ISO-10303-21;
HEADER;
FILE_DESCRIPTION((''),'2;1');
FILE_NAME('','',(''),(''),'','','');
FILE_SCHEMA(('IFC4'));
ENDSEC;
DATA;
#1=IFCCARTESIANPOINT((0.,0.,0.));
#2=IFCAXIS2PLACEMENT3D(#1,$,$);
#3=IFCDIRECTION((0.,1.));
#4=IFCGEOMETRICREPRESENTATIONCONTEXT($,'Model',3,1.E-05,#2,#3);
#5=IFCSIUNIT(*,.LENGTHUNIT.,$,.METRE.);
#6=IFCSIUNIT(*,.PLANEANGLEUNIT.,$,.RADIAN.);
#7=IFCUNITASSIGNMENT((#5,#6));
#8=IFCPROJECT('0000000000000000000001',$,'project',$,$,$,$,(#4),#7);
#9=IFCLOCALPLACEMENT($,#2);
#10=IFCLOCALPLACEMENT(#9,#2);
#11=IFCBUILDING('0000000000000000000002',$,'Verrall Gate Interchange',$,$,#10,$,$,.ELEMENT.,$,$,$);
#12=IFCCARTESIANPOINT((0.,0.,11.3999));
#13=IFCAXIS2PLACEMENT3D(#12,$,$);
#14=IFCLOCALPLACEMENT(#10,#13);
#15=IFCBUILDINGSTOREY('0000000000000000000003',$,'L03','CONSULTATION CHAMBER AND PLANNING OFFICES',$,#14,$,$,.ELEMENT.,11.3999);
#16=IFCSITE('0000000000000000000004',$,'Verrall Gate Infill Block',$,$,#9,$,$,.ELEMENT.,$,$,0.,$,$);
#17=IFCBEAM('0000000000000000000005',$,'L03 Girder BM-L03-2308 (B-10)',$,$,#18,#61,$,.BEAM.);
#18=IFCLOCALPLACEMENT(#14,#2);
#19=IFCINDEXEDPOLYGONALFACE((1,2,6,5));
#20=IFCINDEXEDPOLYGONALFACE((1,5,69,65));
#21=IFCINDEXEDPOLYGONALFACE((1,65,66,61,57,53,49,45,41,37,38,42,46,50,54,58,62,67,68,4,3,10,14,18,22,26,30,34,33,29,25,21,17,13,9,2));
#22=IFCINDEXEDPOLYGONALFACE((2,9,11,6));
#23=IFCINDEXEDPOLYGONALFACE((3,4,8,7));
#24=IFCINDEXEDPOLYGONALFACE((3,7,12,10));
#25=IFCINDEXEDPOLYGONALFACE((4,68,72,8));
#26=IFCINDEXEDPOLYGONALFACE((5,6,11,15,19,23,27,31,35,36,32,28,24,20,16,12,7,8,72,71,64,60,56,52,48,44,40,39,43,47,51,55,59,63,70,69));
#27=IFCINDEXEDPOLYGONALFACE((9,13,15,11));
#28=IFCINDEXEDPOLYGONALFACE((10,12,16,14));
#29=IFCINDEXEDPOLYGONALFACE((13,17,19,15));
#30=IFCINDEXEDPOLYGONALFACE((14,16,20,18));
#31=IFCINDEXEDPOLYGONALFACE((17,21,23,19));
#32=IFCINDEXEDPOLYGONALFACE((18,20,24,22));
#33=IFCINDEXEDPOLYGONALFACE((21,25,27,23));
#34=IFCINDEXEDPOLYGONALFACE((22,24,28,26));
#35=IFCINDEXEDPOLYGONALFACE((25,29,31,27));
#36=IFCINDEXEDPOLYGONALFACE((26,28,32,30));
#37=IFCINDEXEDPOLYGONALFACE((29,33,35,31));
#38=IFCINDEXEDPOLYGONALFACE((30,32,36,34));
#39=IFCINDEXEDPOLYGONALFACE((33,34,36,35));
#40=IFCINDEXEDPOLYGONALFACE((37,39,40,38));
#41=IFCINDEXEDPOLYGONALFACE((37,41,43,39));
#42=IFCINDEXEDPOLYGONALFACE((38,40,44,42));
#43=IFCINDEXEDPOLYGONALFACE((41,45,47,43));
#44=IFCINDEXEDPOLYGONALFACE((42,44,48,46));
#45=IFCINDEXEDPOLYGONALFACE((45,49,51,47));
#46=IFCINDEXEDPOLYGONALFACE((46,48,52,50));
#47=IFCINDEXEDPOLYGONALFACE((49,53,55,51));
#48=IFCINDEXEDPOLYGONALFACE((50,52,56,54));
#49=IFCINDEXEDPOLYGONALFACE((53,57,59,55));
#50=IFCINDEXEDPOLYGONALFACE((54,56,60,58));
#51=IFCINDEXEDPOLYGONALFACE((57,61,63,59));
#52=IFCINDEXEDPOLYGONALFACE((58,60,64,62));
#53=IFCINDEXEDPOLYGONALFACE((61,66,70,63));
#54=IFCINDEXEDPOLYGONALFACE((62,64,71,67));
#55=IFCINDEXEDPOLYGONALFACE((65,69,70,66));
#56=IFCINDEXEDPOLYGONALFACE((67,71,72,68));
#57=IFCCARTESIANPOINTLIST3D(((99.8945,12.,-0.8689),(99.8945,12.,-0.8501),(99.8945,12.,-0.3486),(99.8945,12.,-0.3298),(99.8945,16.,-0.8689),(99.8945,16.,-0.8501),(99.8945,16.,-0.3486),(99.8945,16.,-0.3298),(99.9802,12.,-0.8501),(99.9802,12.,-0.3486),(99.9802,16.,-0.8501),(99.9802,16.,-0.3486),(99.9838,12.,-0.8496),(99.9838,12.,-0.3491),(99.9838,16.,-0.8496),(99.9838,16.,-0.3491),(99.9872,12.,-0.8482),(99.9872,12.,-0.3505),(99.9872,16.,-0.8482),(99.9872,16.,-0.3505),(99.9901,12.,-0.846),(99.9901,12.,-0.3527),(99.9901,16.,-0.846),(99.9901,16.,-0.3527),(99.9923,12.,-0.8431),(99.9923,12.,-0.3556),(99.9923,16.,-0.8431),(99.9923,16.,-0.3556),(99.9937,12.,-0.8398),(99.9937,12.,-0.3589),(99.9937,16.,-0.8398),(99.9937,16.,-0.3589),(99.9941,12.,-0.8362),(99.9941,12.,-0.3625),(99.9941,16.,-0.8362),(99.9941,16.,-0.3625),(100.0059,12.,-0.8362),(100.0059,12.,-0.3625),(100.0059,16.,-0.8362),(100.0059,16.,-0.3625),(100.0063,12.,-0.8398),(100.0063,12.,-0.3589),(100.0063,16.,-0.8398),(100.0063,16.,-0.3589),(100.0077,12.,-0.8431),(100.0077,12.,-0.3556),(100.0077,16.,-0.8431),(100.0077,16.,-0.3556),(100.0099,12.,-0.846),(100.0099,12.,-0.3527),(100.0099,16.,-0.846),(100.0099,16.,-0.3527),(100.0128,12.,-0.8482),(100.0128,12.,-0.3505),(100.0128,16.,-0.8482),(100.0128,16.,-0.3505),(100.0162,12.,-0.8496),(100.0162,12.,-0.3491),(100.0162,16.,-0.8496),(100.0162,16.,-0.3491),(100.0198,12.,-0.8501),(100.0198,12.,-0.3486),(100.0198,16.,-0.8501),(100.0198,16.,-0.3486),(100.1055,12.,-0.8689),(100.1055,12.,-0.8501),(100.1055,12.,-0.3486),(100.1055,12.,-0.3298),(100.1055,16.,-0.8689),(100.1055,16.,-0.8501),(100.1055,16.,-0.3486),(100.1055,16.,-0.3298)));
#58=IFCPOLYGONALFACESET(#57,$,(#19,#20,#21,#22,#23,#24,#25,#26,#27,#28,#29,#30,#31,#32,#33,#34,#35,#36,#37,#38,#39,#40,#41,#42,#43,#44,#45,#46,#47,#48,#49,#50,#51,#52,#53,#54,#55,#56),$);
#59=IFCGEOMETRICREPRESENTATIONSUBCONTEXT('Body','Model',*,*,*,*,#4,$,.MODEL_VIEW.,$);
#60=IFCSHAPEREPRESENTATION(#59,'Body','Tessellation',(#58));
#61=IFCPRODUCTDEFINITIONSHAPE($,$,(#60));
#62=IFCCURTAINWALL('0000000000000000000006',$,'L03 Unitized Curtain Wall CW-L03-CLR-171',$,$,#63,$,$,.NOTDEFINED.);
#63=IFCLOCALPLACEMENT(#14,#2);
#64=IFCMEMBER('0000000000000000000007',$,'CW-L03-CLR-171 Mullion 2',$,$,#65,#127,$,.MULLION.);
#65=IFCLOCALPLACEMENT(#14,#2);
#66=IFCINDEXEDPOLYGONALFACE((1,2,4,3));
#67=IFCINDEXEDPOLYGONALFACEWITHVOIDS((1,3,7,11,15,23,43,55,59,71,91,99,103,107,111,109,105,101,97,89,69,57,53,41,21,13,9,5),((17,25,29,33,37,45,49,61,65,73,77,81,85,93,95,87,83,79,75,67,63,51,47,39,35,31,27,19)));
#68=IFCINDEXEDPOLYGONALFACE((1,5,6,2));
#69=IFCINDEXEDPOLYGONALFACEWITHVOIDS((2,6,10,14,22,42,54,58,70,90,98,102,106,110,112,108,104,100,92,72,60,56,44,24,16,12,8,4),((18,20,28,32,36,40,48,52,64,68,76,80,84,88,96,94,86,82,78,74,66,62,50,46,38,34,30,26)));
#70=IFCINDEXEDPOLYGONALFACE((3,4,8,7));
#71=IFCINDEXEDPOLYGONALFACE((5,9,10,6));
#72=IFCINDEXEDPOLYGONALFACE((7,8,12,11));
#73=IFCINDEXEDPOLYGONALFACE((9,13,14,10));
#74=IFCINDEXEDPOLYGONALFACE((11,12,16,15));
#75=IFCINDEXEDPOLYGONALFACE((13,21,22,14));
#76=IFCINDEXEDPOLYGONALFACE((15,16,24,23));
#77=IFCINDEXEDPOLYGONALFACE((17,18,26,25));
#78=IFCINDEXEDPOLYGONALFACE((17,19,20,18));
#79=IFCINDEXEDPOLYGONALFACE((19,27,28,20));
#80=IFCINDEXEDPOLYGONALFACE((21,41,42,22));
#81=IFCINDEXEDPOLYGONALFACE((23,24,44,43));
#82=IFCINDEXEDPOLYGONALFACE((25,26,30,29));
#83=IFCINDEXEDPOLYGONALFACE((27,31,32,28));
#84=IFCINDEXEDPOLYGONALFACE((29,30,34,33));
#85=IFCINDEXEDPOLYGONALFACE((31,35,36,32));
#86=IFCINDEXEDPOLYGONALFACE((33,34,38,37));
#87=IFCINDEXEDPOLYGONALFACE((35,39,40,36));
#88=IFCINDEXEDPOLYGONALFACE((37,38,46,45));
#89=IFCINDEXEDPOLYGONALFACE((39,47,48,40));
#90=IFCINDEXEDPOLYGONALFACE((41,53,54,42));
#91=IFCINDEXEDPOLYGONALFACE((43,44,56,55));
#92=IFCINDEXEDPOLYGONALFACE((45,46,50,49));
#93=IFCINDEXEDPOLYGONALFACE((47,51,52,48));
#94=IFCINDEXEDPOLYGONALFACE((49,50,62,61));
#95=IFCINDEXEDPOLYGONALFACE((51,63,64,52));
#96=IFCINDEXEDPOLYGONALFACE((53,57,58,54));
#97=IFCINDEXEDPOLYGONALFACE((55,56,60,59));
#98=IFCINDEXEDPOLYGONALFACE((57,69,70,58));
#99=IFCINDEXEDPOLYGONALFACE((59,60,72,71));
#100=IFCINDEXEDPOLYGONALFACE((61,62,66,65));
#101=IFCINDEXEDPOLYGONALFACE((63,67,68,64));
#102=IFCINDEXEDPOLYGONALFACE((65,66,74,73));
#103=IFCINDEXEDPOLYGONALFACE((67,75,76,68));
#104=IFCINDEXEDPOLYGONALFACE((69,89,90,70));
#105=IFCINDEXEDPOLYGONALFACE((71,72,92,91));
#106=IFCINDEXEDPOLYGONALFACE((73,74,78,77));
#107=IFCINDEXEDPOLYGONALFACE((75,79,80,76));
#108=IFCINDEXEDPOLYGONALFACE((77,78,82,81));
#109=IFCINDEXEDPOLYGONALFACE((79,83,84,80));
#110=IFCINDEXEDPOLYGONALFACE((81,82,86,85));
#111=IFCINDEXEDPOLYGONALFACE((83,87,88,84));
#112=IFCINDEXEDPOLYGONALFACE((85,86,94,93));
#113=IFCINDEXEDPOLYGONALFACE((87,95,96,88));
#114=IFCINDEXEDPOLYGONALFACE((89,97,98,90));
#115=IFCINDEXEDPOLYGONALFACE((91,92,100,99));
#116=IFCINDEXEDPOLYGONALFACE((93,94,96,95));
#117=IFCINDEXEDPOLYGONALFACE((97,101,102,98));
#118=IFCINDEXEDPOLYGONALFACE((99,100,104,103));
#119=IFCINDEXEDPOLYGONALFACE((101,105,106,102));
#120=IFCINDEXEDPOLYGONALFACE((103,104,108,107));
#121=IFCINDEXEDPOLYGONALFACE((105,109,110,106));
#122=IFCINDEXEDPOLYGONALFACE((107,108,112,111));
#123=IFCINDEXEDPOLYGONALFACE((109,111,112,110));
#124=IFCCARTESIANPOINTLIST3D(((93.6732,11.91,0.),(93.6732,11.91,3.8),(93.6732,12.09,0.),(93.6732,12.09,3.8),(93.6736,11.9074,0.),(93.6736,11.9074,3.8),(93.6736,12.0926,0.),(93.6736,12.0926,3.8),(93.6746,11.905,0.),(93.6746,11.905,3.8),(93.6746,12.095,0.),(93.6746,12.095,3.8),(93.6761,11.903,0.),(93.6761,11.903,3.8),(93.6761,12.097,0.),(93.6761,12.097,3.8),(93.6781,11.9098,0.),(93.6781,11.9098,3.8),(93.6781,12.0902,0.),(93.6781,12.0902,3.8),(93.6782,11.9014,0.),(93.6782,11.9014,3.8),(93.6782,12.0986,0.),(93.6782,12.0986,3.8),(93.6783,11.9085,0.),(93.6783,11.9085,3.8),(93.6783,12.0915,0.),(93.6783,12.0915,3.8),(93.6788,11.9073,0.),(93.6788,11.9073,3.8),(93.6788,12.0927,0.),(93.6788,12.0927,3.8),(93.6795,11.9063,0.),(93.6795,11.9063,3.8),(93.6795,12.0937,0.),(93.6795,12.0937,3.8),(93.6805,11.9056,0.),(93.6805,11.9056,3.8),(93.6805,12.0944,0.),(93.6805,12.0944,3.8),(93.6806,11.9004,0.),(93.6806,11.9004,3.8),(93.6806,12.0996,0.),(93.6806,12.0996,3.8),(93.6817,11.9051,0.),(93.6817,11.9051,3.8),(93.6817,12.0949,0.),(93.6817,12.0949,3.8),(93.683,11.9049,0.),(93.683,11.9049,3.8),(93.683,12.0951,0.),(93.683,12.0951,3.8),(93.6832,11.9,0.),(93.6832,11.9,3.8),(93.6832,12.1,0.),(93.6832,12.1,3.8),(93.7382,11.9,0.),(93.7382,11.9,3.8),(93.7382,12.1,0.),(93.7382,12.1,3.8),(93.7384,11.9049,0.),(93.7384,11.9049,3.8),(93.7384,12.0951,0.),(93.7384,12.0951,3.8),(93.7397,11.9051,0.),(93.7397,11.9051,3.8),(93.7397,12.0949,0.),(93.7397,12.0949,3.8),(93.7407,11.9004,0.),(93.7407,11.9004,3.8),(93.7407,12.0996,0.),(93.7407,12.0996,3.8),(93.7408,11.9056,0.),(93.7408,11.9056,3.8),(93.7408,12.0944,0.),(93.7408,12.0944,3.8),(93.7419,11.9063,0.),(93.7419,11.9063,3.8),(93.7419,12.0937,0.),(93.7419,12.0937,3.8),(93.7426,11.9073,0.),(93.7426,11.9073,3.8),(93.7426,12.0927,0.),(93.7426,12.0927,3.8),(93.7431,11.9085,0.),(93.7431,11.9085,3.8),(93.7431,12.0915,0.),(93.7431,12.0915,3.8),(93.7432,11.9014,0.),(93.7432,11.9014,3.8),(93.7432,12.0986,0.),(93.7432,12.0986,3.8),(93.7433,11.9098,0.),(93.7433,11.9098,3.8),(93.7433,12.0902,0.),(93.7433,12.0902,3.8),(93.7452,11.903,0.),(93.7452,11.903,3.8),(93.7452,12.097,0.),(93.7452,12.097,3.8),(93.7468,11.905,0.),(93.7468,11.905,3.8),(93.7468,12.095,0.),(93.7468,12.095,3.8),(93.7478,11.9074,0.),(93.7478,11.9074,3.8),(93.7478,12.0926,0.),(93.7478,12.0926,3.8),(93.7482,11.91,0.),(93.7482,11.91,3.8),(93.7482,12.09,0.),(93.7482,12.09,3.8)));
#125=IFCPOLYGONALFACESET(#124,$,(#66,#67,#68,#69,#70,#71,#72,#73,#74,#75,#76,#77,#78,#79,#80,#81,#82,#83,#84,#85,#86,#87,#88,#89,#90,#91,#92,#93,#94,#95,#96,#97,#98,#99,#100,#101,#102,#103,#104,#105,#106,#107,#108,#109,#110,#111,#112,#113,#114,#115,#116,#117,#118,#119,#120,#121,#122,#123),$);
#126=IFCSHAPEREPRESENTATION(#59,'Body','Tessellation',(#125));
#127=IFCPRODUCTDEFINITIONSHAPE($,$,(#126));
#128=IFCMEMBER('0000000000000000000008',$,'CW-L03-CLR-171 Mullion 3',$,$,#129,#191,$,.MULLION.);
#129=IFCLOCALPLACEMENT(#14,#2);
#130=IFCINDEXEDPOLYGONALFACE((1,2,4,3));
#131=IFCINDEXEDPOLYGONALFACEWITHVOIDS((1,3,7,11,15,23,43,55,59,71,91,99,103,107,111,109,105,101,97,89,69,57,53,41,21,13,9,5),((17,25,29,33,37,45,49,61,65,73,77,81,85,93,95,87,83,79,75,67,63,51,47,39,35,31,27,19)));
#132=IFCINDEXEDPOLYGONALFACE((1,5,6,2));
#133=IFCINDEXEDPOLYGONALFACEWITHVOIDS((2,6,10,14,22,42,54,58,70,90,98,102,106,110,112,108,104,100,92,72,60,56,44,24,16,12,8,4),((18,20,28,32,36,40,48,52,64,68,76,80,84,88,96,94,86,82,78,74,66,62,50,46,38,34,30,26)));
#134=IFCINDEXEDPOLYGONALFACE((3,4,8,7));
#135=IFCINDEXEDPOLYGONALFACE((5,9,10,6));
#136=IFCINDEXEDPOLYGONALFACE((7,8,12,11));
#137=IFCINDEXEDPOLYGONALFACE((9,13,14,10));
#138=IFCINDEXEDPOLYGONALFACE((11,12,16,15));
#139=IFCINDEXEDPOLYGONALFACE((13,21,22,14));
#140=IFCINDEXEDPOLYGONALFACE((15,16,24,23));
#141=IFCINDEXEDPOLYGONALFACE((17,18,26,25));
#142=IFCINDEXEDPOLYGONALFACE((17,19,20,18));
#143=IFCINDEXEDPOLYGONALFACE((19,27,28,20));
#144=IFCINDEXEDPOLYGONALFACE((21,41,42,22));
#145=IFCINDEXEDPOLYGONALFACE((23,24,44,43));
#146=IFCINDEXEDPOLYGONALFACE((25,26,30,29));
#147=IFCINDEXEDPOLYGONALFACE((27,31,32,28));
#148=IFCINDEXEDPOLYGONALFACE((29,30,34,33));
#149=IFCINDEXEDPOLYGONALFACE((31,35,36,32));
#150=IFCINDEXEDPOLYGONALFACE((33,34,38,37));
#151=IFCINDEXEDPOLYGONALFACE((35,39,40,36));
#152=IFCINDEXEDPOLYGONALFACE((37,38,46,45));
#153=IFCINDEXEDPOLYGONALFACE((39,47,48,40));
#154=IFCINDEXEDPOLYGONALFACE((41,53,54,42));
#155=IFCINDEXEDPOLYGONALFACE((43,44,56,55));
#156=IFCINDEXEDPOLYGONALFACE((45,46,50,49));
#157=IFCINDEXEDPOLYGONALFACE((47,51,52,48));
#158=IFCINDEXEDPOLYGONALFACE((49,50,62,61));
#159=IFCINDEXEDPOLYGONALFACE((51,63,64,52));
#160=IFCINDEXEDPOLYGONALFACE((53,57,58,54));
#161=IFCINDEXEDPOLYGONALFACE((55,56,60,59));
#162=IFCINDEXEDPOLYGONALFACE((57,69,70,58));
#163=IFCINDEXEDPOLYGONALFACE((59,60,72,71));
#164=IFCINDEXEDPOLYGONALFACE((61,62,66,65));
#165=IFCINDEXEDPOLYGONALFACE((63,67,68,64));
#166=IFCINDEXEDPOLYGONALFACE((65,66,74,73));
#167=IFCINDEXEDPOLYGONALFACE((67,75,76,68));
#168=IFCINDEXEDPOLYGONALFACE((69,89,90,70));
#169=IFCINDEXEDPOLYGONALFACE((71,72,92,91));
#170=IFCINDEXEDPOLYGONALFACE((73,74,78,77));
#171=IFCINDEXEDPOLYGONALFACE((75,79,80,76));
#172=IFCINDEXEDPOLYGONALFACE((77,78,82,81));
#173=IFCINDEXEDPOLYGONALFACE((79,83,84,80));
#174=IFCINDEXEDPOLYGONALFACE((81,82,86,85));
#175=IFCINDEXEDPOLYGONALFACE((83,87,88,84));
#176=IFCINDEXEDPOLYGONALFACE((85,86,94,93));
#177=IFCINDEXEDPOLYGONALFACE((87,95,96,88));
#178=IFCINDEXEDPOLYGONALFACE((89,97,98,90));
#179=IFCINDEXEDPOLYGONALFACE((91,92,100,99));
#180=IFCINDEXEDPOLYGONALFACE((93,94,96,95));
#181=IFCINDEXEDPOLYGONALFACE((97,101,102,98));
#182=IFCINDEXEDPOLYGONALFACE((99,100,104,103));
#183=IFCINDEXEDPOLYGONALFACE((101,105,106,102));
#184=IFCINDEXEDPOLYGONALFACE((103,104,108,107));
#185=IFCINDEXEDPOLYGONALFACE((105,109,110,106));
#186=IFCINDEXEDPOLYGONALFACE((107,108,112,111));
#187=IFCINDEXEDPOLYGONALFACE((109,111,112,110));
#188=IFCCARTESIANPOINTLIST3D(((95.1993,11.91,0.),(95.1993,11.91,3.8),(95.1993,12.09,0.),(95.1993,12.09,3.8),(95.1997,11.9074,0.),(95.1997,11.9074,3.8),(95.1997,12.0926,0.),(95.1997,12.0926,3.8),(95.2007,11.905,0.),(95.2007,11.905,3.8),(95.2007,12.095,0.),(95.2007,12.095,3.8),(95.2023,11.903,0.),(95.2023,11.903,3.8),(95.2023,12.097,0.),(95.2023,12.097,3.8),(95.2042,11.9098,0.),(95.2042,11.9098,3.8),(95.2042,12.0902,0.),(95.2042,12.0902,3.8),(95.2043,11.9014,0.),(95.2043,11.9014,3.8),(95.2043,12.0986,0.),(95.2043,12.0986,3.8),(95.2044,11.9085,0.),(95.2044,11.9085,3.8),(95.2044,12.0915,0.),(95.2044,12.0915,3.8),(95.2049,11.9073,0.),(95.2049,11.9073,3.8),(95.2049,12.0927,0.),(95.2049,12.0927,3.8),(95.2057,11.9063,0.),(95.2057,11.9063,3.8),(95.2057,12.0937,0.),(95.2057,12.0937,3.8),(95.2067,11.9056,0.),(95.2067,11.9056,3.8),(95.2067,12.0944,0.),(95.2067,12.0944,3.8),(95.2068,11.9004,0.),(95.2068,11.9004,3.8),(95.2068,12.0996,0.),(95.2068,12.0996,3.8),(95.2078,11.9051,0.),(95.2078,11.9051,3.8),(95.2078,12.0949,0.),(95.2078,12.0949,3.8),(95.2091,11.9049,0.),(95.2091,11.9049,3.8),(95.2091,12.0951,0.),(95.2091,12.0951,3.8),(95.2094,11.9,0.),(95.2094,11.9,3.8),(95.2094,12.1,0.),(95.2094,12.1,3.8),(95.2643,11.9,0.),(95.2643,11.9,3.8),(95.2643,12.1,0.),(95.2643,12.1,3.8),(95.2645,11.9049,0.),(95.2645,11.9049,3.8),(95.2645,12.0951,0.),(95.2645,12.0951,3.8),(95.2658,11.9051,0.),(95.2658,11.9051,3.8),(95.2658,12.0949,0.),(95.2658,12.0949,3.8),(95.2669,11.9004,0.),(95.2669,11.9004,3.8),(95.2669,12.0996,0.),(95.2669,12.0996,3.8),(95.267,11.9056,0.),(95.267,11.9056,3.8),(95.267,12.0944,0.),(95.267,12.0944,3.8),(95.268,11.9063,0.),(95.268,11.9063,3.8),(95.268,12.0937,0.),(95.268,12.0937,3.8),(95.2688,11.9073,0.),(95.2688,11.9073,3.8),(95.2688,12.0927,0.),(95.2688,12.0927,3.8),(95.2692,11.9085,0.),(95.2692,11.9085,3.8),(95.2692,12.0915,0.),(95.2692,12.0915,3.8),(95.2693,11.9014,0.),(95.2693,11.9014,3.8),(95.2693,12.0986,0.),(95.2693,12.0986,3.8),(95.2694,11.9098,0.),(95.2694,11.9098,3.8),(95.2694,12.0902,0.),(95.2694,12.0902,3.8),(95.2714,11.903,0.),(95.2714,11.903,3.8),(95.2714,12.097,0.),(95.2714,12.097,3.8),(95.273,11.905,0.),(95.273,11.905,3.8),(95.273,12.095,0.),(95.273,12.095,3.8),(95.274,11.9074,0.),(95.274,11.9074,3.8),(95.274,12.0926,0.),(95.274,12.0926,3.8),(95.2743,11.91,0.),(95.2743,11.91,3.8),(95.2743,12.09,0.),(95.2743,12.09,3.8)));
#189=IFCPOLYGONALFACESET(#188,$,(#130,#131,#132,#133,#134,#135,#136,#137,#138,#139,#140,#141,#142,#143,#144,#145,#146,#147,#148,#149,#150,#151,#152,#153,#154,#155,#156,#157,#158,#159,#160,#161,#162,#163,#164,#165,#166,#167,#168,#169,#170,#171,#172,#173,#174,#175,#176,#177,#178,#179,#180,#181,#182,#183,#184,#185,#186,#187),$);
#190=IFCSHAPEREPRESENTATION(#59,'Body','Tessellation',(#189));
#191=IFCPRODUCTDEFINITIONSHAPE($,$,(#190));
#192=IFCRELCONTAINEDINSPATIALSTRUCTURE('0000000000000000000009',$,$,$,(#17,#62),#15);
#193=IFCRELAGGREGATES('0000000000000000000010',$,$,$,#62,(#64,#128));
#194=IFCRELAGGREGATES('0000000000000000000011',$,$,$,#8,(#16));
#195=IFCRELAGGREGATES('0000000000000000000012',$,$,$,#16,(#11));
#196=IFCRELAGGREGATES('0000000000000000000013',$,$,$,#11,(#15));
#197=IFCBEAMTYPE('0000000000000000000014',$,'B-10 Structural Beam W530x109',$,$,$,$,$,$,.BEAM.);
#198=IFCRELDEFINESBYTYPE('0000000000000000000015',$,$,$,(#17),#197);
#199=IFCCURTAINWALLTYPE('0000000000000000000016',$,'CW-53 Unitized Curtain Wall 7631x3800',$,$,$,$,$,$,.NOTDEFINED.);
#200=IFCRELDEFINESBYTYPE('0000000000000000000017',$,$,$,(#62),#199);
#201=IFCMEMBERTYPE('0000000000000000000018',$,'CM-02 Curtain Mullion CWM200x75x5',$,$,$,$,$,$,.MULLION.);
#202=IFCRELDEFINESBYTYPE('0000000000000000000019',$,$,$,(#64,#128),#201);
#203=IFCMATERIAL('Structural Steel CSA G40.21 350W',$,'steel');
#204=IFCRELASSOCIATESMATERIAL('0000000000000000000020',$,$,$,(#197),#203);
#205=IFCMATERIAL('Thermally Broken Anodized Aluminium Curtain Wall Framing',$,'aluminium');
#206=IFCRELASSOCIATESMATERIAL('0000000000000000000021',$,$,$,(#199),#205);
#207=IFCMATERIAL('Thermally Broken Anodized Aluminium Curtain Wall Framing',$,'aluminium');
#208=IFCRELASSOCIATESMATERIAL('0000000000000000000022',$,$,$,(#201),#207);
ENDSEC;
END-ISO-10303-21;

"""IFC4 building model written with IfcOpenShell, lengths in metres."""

from ifc_helpers import new_model, si_unit, direction, frame, origin, origin_2d, place, context, subcontext, project, spatial, hollow_rectangle, i_section, extrude, material, material_profile, profile_set, type_object, element, aggregate, save


model = new_model("IFC4")

# Units and contexts
model_context = context("Model", 3, precision=1e-05, world=origin(), true_north=direction((0.0, 1.0)))
body_context = subcontext(model_context, "Body", "Model", "MODEL_VIEW")
ifc_project = project(units=[si_unit("LENGTHUNIT", "METRE"), si_unit("PLANEANGLEUNIT", "RADIAN")], contexts=[model_context])

# Site, building, storey
site_placement = place(None, origin())
site = spatial("IfcSite", under=ifc_project, at=site_placement, Name="Verrall Gate Infill Block", CompositionType="ELEMENT", RefElevation=0.0)
building_placement = place(site_placement, origin())
building = spatial("IfcBuilding", under=site, at=building_placement, Name="Verrall Gate Interchange", CompositionType="ELEMENT")
storey_placement = place(building_placement, frame((0.0, 0.0, 11.3999)))
storey = spatial("IfcBuildingStorey", under=building, at=storey_placement, Name="L03", Description="CONSULTATION CHAMBER AND PLANNING OFFICES", CompositionType="ELEMENT", Elevation=11.3999)

# Beam
ifc_material_1 = material(Name="Structural Steel CSA G40.21 350W", Category="steel")
ifc_material_profile_1 = material_profile(ifc_material_1, i_section(OverallWidth=0.2109, OverallDepth=0.5391, WebThickness=0.0117, FlangeThickness=0.0188, FilletRadius=0.0139, at=origin_2d()), Name="W530x109")
ifc_profile_set_1 = profile_set([ifc_material_profile_1], Name="Structural Steel CSA G40.21 350W")
beam_type_1 = type_object("IfcBeamType", Name="B-10 Structural Beam W530x109", PredefinedType="BEAM", material=ifc_profile_set_1)
beam_placement = place(storey_placement, frame((100.0, 12.0, -0.5994), z_axis=(0.0, 1.0, 0.0), x_axis=(-1.0, 0.0, 0.0)))
element("IfcBeam", 1, at=beam_placement, inside=storey, type_object=beam_type_1, Name="L03 Girder BM-L03-2308 (B-10)", PredefinedType="BEAM", context=body_context, shape_type="SweptSolid", body=[
    extrude(i_section(OverallWidth=0.2109, OverallDepth=0.5391, WebThickness=0.0117, FlangeThickness=0.0188, FilletRadius=0.0139, at=origin_2d()), origin(), (0.0, 0.0, 1.0), 4.0),
])

# Curtain wall, members
ifc_material_2 = material(Name="Thermally Broken Anodized Aluminium Curtain Wall Framing", Category="aluminium")
curtain_wall_type = type_object("IfcCurtainWallType", Name="CW-53 Unitized Curtain Wall 7631x3800", PredefinedType="NOTDEFINED", material=ifc_material_2)
curtain_wall_1_placement = place(storey_placement, origin())
curtain_wall_1 = element("IfcCurtainWall", 2, at=curtain_wall_1_placement, inside=storey, type_object=curtain_wall_type, Name="L03 Unitized Curtain Wall CW-L03-CLR-171", PredefinedType="NOTDEFINED")
ifc_material_3 = material(Name="Thermally Broken Anodized Aluminium Curtain Wall Framing", Category="aluminium")
ifc_material_profile_2 = material_profile(ifc_material_3, hollow_rectangle(XDim=0.075, YDim=0.2, WallThickness=0.0049, InnerFilletRadius=0.0049, OuterFilletRadius=0.01, at=origin_2d()), Name="CWM200x75x5")
ifc_profile_set_2 = profile_set([ifc_material_profile_2], Name="Thermally Broken Anodized Aluminium Curtain Wall Framing")
member_type_1 = type_object("IfcMemberType", Name="CM-02 Curtain Mullion CWM200x75x5", PredefinedType="MULLION", material=ifc_profile_set_2)
member_1_placement = place(storey_placement, frame((93.7107, 12.0, 0.0), z_axis=(0.0, 0.0, 1.0), x_axis=(1.0, 0.0, 0.0)))
member_1 = element("IfcMember", 3, at=member_1_placement, type_object=member_type_1, Name="CW-L03-CLR-171 Mullion 2", PredefinedType="MULLION", context=body_context, shape_type="SweptSolid", body=[
    extrude(hollow_rectangle(XDim=0.075, YDim=0.2, WallThickness=0.0049, InnerFilletRadius=0.0049, OuterFilletRadius=0.01, at=origin_2d()), origin(), (0.0, 0.0, 1.0), 3.8),
])
member_2_placement = place(storey_placement, frame((95.2368, 12.0, 0.0), z_axis=(0.0, 0.0, 1.0), x_axis=(1.0, 0.0, 0.0)))
member_2 = element("IfcMember", 4, at=member_2_placement, type_object=member_type_1, Name="CW-L03-CLR-171 Mullion 3", PredefinedType="MULLION", context=body_context, shape_type="SweptSolid", body=[
    extrude(hollow_rectangle(XDim=0.075, YDim=0.2, WallThickness=0.0049, InnerFilletRadius=0.0049, OuterFilletRadius=0.01, at=origin_2d()), origin(), (0.0, 0.0, 1.0), 3.8),
])

aggregate(curtain_wall_1, [member_1, member_2])

save(model, "model.ifc")
